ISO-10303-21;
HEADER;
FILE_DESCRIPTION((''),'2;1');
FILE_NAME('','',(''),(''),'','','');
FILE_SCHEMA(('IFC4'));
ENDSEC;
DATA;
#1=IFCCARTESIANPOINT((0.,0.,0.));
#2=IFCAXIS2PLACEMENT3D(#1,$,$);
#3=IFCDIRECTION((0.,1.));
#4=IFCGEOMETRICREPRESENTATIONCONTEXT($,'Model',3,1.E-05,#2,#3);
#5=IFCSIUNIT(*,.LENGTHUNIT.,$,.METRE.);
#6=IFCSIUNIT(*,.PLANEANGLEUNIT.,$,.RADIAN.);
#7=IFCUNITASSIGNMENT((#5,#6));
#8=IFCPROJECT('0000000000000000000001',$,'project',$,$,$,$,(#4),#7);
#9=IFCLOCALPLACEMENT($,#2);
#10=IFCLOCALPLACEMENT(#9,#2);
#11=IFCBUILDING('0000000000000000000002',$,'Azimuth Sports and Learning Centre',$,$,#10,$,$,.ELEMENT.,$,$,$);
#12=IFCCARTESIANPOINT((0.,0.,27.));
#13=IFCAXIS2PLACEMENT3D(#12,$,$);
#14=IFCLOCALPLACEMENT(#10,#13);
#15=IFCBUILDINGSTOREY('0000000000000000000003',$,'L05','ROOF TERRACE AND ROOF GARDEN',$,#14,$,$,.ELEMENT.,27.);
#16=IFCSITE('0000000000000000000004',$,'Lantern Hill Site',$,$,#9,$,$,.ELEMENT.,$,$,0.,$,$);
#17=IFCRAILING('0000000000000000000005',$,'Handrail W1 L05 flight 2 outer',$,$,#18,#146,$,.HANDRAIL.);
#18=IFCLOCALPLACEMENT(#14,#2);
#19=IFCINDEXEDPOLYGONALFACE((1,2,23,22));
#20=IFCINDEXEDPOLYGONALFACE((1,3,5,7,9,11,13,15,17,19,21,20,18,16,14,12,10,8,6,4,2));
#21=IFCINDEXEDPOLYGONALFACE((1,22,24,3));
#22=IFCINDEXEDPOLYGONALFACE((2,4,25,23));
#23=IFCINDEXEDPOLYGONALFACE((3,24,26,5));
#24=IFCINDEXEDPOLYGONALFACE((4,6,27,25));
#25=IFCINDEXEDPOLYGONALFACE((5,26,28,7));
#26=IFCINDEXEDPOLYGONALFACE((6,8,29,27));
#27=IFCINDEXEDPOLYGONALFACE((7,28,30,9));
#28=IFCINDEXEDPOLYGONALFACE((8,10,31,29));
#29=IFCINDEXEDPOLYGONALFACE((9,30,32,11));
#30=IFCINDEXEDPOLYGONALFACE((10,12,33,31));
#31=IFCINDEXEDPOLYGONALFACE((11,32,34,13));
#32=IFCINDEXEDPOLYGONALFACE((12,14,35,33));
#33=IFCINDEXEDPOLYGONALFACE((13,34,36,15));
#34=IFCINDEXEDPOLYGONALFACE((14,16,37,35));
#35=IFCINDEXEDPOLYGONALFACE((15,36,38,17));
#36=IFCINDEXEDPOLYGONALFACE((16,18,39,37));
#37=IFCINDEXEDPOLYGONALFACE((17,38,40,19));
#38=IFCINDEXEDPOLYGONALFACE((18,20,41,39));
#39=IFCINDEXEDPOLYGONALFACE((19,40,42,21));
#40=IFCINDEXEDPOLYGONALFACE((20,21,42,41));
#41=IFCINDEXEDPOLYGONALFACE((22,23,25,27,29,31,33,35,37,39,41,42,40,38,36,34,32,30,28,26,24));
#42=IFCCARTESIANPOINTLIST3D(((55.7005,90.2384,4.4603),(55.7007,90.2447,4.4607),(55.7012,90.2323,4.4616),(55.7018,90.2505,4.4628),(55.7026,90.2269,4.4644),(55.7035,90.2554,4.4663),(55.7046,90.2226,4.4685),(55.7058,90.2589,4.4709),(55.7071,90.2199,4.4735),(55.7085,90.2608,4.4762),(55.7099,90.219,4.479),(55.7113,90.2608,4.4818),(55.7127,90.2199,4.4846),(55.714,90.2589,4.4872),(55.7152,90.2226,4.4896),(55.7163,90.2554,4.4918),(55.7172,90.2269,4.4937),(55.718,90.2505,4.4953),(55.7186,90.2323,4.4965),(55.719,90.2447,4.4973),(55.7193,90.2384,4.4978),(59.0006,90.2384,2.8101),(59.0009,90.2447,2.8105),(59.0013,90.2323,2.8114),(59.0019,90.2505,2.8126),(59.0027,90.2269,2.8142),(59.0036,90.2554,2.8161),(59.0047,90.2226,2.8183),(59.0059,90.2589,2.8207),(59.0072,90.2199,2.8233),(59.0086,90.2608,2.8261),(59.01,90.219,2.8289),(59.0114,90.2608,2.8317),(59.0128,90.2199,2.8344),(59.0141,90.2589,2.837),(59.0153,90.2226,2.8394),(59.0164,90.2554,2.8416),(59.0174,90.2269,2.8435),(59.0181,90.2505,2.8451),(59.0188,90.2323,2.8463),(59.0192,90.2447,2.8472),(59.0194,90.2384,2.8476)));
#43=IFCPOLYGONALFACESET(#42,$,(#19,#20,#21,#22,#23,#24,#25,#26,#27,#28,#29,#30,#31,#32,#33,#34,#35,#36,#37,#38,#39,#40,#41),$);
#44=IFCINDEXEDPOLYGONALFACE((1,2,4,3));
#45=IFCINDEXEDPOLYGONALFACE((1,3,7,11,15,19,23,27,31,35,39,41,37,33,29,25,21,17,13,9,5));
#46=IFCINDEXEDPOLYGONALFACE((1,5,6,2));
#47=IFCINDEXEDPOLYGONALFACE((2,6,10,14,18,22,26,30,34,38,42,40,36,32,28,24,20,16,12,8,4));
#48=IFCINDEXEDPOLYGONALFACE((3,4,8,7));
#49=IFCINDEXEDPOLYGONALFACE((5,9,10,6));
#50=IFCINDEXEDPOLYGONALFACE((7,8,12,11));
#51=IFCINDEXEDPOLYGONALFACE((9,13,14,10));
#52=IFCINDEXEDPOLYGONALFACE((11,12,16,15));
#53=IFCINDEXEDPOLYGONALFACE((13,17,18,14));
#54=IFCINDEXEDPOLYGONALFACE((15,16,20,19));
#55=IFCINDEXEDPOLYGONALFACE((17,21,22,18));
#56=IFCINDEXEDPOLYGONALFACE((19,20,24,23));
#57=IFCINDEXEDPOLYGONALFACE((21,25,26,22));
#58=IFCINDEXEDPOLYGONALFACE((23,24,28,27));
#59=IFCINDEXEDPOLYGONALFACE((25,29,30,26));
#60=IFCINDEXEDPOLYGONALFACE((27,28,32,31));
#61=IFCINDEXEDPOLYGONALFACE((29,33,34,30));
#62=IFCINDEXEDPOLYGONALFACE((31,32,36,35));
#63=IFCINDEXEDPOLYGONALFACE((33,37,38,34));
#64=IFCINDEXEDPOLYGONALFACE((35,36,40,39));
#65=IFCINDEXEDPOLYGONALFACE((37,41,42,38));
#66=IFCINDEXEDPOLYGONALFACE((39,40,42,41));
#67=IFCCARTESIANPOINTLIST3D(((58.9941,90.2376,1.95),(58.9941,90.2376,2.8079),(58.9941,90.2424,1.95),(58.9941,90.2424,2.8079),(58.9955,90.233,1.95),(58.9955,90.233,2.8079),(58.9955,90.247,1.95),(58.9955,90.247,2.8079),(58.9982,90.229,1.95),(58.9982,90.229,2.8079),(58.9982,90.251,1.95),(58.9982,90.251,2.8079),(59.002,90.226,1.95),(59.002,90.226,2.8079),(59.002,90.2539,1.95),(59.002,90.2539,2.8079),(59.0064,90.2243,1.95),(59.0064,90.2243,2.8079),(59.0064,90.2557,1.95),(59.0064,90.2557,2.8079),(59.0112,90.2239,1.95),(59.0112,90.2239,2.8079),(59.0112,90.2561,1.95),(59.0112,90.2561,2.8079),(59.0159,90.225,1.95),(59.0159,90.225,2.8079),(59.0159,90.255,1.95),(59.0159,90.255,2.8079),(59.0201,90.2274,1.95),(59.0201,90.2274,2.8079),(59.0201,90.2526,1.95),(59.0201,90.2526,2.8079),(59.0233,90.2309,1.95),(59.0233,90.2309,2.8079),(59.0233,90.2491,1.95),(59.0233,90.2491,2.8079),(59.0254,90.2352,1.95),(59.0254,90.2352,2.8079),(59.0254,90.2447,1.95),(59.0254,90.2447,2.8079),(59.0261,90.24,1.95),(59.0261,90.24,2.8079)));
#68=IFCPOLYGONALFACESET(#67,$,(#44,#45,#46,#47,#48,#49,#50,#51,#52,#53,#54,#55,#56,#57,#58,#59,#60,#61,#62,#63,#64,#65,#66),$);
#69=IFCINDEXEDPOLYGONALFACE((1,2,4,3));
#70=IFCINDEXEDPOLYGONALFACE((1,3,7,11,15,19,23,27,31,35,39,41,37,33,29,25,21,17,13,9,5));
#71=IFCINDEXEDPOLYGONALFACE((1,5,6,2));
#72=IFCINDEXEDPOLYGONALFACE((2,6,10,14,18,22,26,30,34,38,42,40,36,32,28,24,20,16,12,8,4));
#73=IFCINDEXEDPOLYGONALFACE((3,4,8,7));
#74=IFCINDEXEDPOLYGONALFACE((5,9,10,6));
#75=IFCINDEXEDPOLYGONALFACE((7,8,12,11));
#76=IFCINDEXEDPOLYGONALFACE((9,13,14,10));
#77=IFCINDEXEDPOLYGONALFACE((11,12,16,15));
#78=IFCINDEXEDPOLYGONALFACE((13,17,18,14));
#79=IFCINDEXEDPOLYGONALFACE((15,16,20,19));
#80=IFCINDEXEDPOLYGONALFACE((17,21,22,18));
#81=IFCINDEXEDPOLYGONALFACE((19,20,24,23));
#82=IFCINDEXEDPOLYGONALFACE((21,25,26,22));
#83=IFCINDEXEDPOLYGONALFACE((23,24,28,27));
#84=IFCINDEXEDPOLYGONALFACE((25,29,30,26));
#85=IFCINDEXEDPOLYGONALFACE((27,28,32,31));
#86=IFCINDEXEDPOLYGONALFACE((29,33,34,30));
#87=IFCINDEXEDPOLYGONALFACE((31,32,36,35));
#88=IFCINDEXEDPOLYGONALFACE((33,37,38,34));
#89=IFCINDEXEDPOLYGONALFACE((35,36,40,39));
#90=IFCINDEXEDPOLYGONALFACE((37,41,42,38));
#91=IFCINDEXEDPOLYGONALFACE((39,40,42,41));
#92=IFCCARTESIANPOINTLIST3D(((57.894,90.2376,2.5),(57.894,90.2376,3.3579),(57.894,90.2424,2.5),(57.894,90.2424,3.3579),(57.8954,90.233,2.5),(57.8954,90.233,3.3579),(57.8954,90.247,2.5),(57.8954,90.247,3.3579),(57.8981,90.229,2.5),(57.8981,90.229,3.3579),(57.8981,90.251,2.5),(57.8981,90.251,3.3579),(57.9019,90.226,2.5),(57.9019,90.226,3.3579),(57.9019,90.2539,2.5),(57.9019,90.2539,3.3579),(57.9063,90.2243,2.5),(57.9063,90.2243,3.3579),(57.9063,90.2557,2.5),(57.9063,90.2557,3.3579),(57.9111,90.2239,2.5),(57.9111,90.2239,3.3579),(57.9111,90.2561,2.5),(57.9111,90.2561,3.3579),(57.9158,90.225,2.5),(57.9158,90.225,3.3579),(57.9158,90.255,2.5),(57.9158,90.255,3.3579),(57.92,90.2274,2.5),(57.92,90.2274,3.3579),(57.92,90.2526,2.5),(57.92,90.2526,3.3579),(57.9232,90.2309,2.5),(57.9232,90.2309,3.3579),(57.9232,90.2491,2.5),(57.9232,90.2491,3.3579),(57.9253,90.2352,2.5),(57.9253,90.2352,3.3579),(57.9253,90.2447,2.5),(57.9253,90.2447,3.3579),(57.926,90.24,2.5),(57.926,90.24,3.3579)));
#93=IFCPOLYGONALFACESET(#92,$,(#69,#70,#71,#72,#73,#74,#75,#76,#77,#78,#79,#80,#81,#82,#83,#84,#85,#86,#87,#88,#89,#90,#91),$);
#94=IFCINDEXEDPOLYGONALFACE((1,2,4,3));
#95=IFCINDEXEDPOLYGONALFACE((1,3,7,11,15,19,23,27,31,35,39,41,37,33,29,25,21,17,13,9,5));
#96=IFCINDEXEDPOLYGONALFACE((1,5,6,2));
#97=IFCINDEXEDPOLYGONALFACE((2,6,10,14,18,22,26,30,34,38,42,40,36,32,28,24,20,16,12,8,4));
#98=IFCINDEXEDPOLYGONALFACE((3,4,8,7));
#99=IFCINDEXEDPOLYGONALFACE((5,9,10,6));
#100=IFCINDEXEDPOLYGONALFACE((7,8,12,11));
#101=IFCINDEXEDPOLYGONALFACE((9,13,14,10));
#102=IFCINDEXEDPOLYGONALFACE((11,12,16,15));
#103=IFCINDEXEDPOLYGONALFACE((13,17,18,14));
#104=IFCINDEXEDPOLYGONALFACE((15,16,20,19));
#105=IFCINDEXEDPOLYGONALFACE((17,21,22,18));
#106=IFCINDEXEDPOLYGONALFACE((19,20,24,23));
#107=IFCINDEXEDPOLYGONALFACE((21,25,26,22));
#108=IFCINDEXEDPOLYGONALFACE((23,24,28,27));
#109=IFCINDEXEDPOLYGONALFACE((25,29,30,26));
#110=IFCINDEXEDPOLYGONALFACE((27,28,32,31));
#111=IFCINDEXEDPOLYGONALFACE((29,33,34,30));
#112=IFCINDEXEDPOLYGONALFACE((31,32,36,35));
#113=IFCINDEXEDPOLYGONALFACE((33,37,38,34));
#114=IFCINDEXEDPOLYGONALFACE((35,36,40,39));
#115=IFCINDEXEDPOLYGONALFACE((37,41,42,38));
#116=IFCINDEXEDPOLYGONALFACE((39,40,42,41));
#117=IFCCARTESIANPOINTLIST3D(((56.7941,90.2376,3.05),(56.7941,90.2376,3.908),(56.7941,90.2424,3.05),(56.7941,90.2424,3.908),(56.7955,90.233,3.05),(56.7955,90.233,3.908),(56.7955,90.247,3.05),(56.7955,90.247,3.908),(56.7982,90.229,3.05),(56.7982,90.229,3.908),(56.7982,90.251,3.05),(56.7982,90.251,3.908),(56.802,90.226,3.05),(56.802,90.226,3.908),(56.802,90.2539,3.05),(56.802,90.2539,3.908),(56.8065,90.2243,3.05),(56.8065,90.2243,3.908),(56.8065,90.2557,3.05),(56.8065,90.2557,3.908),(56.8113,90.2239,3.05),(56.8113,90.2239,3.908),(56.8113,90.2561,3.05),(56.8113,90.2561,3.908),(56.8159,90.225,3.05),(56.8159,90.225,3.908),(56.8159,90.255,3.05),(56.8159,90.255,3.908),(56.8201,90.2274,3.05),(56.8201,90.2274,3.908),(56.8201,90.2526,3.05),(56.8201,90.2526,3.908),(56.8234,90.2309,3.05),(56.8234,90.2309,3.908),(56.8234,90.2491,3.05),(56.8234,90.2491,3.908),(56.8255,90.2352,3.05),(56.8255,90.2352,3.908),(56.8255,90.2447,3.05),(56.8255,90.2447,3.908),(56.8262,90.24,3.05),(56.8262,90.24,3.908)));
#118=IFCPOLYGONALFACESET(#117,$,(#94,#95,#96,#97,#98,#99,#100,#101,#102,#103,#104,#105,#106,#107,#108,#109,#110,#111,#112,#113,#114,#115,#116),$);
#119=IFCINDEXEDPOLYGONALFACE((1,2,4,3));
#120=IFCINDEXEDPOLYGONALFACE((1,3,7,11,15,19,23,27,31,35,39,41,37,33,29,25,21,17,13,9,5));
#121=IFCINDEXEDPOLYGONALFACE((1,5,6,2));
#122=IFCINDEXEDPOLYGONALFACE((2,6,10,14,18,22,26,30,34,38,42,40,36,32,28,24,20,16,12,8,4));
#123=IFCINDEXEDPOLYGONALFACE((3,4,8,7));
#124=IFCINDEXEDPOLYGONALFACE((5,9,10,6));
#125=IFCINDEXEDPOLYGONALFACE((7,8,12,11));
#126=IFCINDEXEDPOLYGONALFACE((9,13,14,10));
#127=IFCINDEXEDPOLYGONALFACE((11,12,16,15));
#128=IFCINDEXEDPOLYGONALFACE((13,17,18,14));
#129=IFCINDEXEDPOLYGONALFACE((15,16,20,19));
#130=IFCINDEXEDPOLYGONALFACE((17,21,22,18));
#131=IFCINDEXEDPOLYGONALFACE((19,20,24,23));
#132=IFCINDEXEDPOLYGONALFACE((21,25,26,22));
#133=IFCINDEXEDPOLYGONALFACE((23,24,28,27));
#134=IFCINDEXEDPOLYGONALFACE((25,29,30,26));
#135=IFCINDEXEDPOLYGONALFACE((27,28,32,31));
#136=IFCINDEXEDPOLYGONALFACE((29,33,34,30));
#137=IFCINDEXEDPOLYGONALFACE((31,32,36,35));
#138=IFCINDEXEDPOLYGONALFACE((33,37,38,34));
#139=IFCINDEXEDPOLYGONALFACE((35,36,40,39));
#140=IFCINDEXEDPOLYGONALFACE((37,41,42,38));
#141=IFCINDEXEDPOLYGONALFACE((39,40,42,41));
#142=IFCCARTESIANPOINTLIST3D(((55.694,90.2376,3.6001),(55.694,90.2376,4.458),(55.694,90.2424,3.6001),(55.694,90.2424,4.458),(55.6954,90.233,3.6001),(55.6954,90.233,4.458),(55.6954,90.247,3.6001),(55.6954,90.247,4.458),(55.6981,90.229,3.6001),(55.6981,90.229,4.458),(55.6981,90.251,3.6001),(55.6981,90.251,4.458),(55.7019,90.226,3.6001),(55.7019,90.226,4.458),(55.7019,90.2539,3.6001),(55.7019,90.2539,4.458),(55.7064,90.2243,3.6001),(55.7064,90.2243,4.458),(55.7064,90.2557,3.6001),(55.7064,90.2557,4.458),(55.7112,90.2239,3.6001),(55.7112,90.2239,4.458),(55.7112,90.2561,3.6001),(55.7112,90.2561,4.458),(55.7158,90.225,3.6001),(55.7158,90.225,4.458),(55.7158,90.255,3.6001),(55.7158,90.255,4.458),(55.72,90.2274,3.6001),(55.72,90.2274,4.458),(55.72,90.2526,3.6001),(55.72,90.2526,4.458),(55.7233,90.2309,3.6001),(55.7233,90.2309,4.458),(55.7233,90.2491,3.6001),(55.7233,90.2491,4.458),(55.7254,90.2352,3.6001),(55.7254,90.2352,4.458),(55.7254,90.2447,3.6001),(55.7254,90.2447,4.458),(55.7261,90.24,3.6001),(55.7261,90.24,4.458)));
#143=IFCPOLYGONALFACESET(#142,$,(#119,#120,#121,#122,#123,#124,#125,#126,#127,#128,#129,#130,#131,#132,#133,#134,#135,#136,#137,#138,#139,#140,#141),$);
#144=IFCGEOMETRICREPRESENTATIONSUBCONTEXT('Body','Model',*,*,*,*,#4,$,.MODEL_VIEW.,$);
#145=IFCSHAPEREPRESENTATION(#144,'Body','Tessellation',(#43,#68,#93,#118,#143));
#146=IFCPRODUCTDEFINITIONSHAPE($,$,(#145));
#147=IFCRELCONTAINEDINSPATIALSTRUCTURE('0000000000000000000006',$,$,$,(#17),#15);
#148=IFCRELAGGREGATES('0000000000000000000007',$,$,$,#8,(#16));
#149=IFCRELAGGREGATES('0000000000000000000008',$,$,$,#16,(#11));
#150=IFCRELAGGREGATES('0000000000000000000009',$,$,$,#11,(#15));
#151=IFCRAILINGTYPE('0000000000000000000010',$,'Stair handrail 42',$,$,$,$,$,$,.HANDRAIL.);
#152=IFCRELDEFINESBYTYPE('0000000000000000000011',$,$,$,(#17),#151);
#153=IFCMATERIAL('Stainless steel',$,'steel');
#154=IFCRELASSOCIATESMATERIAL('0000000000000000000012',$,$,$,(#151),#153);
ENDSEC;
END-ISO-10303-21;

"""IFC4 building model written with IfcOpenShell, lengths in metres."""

from ifc_helpers import new_model, si_unit, direction, frame, origin, origin_2d, place, context, subcontext, project, spatial, circle, extrude, material, type_object, element, save


model = new_model("IFC4")

# Units and contexts
model_context = context("Model", 3, precision=1e-05, world=origin(), true_north=direction((0.0, 1.0)))
body_context = subcontext(model_context, "Body", "Model", "MODEL_VIEW")
ifc_project = project(units=[si_unit("LENGTHUNIT", "METRE"), si_unit("PLANEANGLEUNIT", "RADIAN")], contexts=[model_context])

# Site, building, storey
site_placement = place(None, origin())
site = spatial("IfcSite", under=ifc_project, at=site_placement, Name="Lantern Hill Site", CompositionType="ELEMENT", RefElevation=0.0)
building_placement = place(site_placement, origin())
building = spatial("IfcBuilding", under=site, at=building_placement, Name="Azimuth Sports and Learning Centre", CompositionType="ELEMENT")
storey_placement = place(building_placement, frame((0.0, 0.0, 27.0)))
storey = spatial("IfcBuildingStorey", under=building, at=storey_placement, Name="L05", Description="ROOF TERRACE AND ROOF GARDEN", CompositionType="ELEMENT", Elevation=27.0)

# Railing
ifc_material_1 = material(Name="Stainless steel", Category="steel")
railing_type = type_object("IfcRailingType", Name="Stair handrail 42", PredefinedType="HANDRAIL", material=ifc_material_1)
for number, where, name in (
    (1, (59.01, 90.24, 1.95), "Handrail W1 L05 flight 2 outer"),
):
    element("IfcRailing", number, at=place(storey_placement, frame(where)), inside=storey, type_object=railing_type, Name=name, PredefinedType="HANDRAIL", context=body_context, shape_type="SweptSolid", body=[
        extrude(circle(Radius=0.021, at=origin_2d()), frame((0.0, 0.0, 0.8789), z_axis=(-0.894414, 0.0, 0.44724), x_axis=(0.0, -1.0, 0.0)), (0.0, 0.0, 1.0), 3.6897),
        extrude(circle(Radius=0.0161, at=origin_2d()), origin(), (0.0, 0.0, 1.0), 0.8579),
        extrude(circle(Radius=0.0161, at=origin_2d()), frame((-1.1001, 0.0, 0.55)), (0.0, 0.0, 1.0), 0.8579),
        extrude(circle(Radius=0.0161, at=origin_2d()), frame((-2.2, 0.0, 1.1001)), (0.0, 0.0, 1.0), 0.8579),
        extrude(circle(Radius=0.0161, at=origin_2d()), frame((-3.3, 0.0, 1.6501)), (0.0, 0.0, 1.0), 0.8579),
    ])

save(model, "model.ifc")
